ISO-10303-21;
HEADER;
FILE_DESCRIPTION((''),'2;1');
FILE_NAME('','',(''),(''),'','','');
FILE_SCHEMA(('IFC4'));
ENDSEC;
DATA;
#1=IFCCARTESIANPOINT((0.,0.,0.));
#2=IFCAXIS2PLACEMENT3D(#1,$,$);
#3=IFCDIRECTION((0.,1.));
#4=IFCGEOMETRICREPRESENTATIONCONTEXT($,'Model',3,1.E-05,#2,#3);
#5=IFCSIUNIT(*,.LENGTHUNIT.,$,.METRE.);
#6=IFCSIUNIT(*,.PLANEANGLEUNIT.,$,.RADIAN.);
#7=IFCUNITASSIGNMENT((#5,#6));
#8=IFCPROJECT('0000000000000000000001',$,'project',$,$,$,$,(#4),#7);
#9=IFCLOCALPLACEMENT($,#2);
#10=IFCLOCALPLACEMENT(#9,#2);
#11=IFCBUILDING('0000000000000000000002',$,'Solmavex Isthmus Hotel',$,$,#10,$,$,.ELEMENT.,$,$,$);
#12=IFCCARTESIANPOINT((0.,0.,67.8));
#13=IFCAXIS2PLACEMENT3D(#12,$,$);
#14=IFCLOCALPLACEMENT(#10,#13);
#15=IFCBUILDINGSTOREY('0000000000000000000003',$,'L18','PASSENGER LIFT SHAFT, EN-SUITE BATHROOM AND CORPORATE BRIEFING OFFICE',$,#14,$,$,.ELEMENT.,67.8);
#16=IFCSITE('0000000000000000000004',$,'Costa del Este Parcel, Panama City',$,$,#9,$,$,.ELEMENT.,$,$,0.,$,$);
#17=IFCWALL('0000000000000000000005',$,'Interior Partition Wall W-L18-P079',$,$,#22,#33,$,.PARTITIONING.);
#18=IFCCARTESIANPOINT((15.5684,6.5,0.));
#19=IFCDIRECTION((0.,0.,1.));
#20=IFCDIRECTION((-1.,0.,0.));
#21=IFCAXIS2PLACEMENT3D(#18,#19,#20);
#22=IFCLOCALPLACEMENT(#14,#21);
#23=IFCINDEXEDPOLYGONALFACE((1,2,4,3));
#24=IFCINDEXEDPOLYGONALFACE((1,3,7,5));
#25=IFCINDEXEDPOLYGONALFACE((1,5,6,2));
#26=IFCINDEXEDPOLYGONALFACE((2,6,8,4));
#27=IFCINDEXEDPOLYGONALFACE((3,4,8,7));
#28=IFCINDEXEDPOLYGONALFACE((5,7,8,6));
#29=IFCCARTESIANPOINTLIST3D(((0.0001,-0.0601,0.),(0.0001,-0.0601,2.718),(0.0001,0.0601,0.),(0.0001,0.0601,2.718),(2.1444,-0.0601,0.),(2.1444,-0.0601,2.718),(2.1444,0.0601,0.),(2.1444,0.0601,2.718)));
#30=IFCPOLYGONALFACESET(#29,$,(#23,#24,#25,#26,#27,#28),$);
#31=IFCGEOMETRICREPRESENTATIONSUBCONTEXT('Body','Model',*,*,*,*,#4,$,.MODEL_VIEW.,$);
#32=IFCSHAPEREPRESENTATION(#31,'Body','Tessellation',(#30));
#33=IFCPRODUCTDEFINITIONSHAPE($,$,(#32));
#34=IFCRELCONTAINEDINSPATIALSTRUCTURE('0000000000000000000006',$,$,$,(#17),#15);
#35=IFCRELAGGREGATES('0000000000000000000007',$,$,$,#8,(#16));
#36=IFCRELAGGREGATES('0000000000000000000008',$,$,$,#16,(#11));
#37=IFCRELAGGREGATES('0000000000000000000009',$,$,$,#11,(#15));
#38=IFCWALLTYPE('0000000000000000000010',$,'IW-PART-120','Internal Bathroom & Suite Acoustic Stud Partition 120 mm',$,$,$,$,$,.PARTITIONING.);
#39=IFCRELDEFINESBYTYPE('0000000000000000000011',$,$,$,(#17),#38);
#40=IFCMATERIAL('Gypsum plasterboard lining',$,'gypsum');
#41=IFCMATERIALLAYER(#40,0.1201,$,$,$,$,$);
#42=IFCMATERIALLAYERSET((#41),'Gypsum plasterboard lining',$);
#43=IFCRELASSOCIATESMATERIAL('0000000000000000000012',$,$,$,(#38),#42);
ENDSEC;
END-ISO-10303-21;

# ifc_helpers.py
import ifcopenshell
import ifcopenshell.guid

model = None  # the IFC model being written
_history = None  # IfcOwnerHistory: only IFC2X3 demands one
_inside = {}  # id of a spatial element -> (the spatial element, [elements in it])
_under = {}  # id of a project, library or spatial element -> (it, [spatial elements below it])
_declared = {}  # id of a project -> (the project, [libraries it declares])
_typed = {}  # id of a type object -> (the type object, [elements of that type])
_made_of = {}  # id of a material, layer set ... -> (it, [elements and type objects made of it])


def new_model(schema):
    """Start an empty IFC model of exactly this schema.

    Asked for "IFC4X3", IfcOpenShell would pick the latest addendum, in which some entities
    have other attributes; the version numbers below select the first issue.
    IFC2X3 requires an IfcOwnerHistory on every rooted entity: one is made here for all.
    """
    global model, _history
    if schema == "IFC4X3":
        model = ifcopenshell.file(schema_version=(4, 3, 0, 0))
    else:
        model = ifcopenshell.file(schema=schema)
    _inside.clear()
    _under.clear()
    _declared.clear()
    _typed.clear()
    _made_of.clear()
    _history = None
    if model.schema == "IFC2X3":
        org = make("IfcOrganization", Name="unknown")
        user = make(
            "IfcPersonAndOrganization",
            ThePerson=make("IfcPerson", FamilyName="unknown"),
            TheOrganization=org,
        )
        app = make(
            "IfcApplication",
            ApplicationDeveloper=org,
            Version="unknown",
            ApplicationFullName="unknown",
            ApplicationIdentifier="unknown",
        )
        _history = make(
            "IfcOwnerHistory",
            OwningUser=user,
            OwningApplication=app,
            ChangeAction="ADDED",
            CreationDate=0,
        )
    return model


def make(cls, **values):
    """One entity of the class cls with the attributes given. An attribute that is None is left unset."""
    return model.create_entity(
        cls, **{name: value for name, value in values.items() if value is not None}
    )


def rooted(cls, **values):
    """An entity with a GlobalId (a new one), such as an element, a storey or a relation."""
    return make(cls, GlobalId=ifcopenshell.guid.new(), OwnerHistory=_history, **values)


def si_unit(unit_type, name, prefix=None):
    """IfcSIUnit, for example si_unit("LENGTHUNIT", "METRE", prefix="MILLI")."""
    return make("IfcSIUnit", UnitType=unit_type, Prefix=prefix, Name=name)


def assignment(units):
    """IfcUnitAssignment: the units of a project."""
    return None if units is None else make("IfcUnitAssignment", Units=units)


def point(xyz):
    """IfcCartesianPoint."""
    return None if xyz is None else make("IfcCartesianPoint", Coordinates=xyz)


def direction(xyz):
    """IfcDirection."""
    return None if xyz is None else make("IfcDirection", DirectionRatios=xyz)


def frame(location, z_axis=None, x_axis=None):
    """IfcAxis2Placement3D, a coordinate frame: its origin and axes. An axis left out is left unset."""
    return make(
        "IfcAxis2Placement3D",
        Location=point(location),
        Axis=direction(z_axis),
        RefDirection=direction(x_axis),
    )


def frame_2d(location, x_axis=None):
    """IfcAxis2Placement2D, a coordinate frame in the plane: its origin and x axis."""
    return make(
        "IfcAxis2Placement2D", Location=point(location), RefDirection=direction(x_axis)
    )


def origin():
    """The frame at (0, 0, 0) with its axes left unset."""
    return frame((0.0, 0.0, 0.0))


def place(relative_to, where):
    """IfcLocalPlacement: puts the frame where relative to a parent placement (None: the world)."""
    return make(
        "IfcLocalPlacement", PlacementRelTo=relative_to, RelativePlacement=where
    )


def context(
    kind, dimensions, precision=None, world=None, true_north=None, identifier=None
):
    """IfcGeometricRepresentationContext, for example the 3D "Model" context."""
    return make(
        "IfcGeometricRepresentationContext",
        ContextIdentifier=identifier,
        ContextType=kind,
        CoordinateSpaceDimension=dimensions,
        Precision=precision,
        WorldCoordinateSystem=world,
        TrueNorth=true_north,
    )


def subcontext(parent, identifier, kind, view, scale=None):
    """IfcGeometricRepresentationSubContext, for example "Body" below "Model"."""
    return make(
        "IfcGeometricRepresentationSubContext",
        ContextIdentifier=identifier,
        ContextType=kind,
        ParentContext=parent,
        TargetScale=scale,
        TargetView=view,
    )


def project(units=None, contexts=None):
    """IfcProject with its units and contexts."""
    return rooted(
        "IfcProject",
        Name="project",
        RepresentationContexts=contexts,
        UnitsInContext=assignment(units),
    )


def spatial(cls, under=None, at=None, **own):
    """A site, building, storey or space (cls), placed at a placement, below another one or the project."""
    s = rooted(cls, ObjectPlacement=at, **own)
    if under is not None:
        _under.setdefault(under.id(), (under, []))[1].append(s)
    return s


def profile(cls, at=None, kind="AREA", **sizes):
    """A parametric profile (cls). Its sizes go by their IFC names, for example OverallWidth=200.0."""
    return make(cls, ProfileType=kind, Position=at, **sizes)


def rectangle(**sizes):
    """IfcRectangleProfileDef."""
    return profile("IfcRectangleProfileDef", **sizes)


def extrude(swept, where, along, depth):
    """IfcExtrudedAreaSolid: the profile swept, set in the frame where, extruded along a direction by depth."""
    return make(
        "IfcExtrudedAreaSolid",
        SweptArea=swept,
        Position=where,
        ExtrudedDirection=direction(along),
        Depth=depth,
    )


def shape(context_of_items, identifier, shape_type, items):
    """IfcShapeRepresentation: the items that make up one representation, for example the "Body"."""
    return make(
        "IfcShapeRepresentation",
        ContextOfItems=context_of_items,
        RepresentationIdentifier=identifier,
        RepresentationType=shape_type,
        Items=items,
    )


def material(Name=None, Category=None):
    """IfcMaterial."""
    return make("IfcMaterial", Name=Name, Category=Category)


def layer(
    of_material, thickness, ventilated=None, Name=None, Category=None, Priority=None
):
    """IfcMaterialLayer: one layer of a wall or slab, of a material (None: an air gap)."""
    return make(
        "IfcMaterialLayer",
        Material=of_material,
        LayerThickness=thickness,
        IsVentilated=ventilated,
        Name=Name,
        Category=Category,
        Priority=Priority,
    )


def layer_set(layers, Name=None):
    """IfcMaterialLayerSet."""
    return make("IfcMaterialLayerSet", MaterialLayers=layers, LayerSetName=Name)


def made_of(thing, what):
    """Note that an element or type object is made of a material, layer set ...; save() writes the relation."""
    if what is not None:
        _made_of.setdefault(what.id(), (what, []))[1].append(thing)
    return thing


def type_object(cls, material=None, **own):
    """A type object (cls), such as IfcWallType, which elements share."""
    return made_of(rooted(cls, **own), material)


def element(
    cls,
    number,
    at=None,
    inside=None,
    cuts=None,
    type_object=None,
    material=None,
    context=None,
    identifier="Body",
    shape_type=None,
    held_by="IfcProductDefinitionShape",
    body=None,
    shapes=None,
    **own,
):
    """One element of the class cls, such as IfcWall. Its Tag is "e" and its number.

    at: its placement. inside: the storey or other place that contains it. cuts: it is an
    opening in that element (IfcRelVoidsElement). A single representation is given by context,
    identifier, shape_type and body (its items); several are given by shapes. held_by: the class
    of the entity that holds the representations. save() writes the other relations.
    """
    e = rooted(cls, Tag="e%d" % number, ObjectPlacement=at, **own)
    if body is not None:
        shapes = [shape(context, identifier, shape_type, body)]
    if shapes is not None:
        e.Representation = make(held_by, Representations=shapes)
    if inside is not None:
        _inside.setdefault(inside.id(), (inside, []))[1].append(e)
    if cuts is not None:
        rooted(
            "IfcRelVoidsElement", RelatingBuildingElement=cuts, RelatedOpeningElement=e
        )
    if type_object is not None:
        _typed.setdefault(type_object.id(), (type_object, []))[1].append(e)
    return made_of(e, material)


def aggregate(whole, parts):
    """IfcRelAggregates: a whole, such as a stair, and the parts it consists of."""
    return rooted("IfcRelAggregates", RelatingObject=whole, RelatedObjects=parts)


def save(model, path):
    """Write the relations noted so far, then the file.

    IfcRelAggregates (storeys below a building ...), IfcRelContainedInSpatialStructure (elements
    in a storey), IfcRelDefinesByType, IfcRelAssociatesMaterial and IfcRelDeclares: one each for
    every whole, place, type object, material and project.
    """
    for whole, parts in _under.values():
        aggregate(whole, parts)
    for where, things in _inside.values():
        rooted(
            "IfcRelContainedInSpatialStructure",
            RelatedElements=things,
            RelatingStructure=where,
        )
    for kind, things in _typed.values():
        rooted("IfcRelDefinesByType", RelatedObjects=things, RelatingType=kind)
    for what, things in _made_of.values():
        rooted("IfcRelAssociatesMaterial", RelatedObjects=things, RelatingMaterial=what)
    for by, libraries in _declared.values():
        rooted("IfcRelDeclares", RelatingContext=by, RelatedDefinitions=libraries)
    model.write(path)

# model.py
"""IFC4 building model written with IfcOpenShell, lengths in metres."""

from ifc_helpers import new_model, si_unit, direction, frame, frame_2d, origin, place, context, subcontext, project, spatial, rectangle, extrude, material, layer, layer_set, type_object, element, save


model = new_model("IFC4")

# Units and contexts
model_context = context("Model", 3, precision=1e-05, world=origin(), true_north=direction((0.0, 1.0)))
body_context = subcontext(model_context, "Body", "Model", "MODEL_VIEW")
ifc_project = project(units=[si_unit("LENGTHUNIT", "METRE"), si_unit("PLANEANGLEUNIT", "RADIAN")], contexts=[model_context])

# Site, building, storey
site_placement = place(None, origin())
site = spatial("IfcSite", under=ifc_project, at=site_placement, Name="Costa del Este Parcel, Panama City", CompositionType="ELEMENT", RefElevation=0.0)
building_placement = place(site_placement, origin())
building = spatial("IfcBuilding", under=site, at=building_placement, Name="Solmavex Isthmus Hotel", CompositionType="ELEMENT")
storey_placement = place(building_placement, frame((0.0, 0.0, 67.8)))
storey = spatial("IfcBuildingStorey", under=building, at=storey_placement, Name="L18", Description="PASSENGER LIFT SHAFT, EN-SUITE BATHROOM AND CORPORATE BRIEFING OFFICE", CompositionType="ELEMENT", Elevation=67.8)

# Shared definitions
ifc_material_1 = material(Name="Gypsum plasterboard lining", Category="gypsum")

# Shared definitions
ifc_layer_1 = layer(ifc_material_1, 0.1201)
ifc_layer_set_1 = layer_set([ifc_layer_1], Name="Gypsum plasterboard lining")
wall_type_1 = type_object("IfcWallType", Name="IW-PART-120", Description="Internal Bathroom & Suite Acoustic Stud Partition 120 mm", PredefinedType="PARTITIONING", material=ifc_layer_set_1)

# Wall
wall_1_placement = place(storey_placement, frame((15.5684, 6.5, 0.0), z_axis=(0.0, 0.0, 1.0), x_axis=(-1.0, 0.0, 0.0)))
element("IfcWall", 1, at=wall_1_placement, inside=storey, type_object=wall_type_1, Name="Interior Partition Wall W-L18-P079", PredefinedType="PARTITIONING", context=body_context, shape_type="SweptSolid", body=[
    extrude(rectangle(XDim=2.1443, YDim=0.1201, at=frame_2d((1.0723, 0.0))), origin(), (0.0, 0.0, 1.0), 2.718),
])

save(model, "model.ifc")
